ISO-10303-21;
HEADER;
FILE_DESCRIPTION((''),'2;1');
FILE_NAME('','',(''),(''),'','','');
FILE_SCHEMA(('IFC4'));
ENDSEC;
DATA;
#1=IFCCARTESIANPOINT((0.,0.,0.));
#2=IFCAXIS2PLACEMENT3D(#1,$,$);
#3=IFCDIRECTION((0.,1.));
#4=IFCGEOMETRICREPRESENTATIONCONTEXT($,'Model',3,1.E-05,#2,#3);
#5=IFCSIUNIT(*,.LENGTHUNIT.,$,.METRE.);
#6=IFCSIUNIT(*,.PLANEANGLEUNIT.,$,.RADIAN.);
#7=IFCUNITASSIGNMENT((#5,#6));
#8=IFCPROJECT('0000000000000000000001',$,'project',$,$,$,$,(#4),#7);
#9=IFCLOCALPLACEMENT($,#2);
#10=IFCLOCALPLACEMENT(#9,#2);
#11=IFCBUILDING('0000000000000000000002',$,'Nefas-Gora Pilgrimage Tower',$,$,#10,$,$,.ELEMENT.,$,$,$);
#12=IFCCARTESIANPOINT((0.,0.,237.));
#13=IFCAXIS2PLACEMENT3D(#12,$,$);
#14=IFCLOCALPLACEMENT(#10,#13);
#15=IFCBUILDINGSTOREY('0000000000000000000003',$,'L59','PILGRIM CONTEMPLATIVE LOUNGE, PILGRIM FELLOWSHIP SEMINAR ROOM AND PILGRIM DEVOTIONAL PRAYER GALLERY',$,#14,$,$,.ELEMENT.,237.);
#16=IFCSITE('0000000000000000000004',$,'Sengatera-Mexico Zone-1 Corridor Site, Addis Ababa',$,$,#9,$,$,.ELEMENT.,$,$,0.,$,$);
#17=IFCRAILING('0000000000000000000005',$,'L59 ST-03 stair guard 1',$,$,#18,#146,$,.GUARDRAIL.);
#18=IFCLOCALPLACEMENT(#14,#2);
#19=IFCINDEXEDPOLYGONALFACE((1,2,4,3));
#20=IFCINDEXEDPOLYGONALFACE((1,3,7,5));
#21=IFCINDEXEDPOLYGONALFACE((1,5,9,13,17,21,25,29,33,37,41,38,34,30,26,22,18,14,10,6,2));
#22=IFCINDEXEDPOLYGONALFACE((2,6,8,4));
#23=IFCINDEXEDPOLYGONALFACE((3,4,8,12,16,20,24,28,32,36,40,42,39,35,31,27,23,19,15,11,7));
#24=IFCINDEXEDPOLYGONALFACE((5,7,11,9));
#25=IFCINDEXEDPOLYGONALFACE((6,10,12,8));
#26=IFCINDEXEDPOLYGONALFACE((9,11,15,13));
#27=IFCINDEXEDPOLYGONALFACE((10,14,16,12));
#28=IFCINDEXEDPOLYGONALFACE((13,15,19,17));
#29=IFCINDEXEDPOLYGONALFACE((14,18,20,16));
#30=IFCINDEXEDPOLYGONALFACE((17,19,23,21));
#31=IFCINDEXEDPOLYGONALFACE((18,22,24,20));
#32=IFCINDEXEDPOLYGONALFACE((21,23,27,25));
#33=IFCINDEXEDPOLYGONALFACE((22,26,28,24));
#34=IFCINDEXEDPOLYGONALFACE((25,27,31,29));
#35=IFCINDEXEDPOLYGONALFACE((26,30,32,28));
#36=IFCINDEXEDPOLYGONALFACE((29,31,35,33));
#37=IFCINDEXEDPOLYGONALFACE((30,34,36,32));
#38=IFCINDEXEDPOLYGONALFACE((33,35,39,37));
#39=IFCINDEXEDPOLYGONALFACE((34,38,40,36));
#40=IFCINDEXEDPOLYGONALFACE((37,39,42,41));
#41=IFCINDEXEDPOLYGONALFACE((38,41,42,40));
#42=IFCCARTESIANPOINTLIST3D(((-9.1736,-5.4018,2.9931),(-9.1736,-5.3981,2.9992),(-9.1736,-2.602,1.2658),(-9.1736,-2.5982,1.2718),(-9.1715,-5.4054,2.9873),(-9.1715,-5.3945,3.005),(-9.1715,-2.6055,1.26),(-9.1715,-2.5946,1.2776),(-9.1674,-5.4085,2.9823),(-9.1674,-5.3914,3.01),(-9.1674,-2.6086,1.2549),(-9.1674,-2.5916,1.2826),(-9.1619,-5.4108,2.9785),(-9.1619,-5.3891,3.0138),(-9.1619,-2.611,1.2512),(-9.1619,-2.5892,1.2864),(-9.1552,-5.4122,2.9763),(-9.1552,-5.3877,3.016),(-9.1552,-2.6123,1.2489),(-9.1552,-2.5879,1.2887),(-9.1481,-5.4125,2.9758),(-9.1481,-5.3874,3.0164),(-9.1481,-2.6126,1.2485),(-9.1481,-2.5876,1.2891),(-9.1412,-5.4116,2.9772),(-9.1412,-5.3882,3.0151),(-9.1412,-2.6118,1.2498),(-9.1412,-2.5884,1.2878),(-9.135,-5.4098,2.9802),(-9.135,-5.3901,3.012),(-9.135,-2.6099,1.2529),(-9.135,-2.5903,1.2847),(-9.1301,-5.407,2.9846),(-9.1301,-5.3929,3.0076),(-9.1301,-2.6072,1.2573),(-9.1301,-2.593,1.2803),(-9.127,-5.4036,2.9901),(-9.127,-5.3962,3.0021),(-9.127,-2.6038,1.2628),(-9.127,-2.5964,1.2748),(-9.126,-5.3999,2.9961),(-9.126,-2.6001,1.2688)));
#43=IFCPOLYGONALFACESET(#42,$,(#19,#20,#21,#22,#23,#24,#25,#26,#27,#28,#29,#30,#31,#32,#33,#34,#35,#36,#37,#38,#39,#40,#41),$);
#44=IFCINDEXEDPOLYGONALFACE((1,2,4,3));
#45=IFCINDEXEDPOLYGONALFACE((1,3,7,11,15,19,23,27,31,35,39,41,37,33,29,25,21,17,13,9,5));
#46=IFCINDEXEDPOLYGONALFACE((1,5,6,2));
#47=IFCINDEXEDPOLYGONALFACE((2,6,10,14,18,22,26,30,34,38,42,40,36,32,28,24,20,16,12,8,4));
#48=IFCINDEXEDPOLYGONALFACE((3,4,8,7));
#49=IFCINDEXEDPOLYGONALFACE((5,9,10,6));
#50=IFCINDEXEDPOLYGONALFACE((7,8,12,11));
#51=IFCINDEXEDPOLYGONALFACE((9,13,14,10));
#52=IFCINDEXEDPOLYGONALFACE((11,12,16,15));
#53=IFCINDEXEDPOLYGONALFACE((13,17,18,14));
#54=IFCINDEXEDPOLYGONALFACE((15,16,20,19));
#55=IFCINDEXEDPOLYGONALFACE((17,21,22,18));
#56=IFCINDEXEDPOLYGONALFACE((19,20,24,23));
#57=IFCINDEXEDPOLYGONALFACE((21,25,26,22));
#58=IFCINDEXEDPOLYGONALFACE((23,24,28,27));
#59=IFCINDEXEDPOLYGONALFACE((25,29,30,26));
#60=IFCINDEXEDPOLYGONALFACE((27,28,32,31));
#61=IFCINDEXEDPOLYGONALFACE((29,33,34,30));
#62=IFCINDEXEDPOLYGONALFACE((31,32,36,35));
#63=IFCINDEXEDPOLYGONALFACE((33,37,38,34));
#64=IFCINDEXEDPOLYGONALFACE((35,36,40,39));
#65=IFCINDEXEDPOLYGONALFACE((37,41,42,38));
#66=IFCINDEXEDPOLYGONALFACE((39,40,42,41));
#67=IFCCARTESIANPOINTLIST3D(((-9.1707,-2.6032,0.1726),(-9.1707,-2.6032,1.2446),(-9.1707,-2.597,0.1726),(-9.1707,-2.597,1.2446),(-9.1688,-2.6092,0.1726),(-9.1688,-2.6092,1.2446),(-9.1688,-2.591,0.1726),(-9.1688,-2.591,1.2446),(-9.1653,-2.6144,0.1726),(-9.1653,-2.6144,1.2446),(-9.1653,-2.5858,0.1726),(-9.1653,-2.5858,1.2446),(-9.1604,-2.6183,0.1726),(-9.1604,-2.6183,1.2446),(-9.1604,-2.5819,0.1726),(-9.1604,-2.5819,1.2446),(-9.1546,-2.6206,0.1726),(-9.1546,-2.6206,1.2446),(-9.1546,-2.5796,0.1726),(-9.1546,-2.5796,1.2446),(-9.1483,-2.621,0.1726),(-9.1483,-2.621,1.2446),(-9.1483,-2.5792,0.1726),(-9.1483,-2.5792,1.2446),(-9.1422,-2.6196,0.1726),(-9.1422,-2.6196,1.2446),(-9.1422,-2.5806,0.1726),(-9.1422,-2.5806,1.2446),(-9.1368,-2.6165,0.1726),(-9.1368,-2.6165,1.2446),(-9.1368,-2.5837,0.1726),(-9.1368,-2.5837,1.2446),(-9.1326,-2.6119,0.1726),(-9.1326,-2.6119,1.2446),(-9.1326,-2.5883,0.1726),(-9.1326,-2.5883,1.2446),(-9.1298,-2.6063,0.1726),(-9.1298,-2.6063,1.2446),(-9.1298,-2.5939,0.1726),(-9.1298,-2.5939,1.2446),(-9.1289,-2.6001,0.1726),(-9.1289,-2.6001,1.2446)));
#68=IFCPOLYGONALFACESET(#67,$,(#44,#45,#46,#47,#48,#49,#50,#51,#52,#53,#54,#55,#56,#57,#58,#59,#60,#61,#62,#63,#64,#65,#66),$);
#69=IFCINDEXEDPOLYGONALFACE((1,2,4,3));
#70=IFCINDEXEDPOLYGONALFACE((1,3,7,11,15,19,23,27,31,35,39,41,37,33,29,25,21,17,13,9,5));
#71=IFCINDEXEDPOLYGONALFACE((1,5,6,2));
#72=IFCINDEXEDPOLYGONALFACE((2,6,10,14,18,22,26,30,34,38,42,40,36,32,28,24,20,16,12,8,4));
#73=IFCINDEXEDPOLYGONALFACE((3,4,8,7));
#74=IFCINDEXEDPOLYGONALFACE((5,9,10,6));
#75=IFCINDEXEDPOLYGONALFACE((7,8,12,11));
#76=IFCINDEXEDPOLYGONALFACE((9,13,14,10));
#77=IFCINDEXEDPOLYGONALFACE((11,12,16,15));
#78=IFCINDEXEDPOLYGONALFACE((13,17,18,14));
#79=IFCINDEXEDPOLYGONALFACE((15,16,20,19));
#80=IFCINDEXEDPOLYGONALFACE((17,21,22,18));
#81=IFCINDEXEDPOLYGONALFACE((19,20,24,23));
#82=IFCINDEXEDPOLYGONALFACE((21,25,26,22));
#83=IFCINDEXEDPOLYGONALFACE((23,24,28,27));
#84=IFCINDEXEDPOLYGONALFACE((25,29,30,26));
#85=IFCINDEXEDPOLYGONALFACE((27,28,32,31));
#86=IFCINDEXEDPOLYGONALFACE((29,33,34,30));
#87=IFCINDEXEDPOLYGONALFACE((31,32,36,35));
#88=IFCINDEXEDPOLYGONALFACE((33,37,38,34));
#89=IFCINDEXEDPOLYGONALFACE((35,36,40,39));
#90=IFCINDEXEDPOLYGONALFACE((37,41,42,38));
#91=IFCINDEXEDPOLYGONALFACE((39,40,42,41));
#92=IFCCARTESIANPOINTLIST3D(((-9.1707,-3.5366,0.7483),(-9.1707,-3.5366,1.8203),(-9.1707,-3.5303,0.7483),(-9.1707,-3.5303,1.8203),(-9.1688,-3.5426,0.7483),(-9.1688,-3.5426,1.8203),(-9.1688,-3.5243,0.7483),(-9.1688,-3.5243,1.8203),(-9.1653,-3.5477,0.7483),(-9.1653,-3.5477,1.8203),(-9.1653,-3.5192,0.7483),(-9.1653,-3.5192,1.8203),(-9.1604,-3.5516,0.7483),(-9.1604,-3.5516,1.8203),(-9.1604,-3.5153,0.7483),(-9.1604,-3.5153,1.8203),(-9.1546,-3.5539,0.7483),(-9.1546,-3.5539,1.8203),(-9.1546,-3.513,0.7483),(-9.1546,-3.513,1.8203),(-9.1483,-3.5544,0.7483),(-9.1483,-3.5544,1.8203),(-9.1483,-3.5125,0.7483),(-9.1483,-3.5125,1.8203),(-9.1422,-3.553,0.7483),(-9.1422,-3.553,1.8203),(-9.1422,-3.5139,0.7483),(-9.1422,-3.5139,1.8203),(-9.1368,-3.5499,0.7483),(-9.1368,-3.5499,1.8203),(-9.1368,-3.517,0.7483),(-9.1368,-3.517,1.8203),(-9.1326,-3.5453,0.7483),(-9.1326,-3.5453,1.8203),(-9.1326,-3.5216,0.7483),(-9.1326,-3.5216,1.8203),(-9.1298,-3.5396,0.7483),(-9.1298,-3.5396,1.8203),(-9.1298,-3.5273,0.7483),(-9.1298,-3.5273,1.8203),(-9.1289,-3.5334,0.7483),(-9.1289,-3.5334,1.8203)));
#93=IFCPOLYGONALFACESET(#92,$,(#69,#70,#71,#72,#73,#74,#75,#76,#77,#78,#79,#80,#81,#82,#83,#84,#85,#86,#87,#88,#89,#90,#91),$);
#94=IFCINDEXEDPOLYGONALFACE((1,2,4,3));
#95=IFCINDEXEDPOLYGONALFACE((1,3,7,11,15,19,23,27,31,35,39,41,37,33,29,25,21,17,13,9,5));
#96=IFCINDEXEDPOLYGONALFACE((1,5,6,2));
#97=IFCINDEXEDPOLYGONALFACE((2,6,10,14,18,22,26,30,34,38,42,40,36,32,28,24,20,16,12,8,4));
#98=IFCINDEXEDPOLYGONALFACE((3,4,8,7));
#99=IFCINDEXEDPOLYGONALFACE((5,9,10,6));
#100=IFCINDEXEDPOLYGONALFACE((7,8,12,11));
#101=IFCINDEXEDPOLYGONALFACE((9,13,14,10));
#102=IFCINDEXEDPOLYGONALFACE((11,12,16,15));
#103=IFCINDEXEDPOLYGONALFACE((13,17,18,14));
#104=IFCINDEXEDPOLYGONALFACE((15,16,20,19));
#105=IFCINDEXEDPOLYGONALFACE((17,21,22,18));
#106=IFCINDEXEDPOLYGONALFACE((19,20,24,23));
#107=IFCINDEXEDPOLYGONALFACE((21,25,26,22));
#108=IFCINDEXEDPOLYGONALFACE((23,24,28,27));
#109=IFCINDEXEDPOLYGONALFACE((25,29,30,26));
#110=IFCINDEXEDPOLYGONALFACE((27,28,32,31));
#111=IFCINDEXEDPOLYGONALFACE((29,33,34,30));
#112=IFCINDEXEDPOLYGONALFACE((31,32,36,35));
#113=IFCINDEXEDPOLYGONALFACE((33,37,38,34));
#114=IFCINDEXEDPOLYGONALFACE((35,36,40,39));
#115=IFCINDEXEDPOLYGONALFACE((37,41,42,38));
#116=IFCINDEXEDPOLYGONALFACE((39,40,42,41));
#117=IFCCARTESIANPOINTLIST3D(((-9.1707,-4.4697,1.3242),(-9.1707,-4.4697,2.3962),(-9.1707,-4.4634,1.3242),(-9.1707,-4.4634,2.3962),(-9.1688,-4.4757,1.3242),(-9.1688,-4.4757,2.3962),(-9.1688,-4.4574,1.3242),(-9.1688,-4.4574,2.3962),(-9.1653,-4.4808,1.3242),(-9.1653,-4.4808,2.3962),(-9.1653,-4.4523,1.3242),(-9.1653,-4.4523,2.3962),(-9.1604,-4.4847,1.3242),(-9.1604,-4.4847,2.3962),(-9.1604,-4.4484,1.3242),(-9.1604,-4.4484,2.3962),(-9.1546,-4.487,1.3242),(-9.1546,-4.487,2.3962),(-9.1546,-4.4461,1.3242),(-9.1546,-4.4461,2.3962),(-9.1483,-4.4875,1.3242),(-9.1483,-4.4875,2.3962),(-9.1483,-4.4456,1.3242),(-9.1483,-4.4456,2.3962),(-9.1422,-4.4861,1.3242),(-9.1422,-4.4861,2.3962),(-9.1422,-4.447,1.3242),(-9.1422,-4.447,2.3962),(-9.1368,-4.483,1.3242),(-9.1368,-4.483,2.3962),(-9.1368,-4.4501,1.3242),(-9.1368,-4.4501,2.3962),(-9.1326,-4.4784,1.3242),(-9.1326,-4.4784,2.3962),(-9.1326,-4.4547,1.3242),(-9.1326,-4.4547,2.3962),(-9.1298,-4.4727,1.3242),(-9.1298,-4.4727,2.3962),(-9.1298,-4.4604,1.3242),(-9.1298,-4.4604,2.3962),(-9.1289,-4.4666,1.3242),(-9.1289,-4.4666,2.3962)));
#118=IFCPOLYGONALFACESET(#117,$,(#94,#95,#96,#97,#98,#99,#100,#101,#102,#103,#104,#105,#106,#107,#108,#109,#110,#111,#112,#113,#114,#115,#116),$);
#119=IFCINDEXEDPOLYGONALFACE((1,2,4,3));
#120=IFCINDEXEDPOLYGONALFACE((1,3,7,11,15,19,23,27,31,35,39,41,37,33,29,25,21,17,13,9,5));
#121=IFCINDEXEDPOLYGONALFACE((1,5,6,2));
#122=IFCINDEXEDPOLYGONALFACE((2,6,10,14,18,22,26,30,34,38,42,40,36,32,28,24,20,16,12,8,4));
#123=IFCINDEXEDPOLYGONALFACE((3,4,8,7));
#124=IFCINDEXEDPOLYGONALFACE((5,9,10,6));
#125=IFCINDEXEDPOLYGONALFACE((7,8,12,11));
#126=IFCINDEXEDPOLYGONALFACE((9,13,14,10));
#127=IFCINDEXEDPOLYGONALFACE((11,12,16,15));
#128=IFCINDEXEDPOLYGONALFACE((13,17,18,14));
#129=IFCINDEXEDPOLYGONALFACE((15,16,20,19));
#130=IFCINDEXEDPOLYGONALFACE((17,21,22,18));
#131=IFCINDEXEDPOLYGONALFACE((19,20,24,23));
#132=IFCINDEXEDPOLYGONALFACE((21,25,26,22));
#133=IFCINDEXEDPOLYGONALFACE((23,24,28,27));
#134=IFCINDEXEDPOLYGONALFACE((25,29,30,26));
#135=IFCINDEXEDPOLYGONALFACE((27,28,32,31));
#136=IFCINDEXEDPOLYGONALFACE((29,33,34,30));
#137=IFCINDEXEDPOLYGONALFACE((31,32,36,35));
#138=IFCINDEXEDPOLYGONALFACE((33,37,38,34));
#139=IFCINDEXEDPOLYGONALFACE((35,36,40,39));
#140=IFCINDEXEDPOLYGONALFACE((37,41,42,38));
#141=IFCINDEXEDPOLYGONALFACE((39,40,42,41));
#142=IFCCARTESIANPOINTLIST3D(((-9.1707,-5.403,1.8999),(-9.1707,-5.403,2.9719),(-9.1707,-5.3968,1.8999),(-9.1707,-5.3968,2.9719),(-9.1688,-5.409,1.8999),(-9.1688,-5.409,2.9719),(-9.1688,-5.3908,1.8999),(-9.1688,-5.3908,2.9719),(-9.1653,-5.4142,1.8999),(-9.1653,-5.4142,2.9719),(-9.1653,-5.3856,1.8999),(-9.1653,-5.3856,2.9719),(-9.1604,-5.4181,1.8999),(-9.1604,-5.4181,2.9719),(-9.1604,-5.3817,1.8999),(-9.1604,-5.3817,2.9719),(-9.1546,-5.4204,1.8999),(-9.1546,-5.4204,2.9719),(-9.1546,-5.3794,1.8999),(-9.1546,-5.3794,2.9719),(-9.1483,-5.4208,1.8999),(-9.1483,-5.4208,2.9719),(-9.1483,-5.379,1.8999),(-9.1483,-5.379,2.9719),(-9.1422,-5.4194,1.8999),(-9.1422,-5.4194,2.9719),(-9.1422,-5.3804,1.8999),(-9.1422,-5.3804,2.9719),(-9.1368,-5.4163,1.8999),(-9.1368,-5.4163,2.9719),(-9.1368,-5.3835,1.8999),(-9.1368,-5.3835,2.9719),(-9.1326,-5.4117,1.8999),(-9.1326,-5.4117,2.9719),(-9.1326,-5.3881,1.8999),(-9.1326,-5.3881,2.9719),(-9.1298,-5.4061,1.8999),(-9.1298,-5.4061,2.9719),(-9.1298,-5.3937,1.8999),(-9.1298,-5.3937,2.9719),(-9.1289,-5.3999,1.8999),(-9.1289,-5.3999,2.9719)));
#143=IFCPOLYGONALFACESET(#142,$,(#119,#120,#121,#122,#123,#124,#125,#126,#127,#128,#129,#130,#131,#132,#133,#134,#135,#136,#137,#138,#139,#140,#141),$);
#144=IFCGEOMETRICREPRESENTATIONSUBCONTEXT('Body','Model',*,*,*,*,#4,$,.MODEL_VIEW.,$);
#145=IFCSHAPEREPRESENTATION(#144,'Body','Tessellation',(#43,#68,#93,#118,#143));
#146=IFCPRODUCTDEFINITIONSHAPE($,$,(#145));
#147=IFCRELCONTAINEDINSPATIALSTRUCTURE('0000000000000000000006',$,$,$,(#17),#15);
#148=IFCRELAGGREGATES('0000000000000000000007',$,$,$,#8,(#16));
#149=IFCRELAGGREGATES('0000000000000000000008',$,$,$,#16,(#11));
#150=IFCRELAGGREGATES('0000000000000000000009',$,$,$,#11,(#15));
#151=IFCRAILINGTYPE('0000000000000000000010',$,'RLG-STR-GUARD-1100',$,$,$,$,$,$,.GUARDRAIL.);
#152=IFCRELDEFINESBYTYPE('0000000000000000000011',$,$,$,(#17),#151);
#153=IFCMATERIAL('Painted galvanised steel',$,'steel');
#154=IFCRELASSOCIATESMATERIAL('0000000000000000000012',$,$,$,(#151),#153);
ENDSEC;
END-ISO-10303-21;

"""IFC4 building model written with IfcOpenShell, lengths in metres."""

from ifc_helpers import new_model, si_unit, direction, frame, origin, origin_2d, place, context, subcontext, project, spatial, circle, extrude, material, type_object, element, save


model = new_model("IFC4")

# Units and contexts
model_context = context("Model", 3, precision=1e-05, world=origin(), true_north=direction((0.0, 1.0)))
body_context = subcontext(model_context, "Body", "Model", "MODEL_VIEW")
ifc_project = project(units=[si_unit("LENGTHUNIT", "METRE"), si_unit("PLANEANGLEUNIT", "RADIAN")], contexts=[model_context])

# Site, building, storey
site_placement = place(None, origin())
site = spatial("IfcSite", under=ifc_project, at=site_placement, Name="Sengatera-Mexico Zone-1 Corridor Site, Addis Ababa", CompositionType="ELEMENT", RefElevation=0.0)
building_placement = place(site_placement, origin())
building = spatial("IfcBuilding", under=site, at=building_placement, Name="Nefas-Gora Pilgrimage Tower", CompositionType="ELEMENT")
storey_placement = place(building_placement, frame((0.0, 0.0, 237.0)))
storey = spatial("IfcBuildingStorey", under=building, at=storey_placement, Name="L59", Description="PILGRIM CONTEMPLATIVE LOUNGE, PILGRIM FELLOWSHIP SEMINAR ROOM AND PILGRIM DEVOTIONAL PRAYER GALLERY", CompositionType="ELEMENT", Elevation=237.0)

# Railing
ifc_material_1 = material(Name="Painted galvanised steel", Category="steel")
railing_type_1 = type_object("IfcRailingType", Name="RLG-STR-GUARD-1100", PredefinedType="GUARDRAIL", material=ifc_material_1)
railing_1_placement = place(storey_placement, frame((-9.1499, -2.6001, 0.1726)))
element("IfcRailing", 1, at=railing_1_placement, inside=storey, type_object=railing_type_1, Name="L59 ST-03 stair guard 1", PredefinedType="GUARDRAIL", context=body_context, shape_type="SweptSolid", body=[
    extrude(circle(Radius=0.0239, at=origin_2d()), frame((0.0, 0.0, 1.0962), z_axis=(0.0, -0.851069, 0.525054), x_axis=(1.0, 0.0, 0.0)), (0.0, 0.0, 1.0), 3.2898),
    extrude(circle(Radius=0.021, at=origin_2d()), origin(), (0.0, 0.0, 1.0), 1.072),
    extrude(circle(Radius=0.021, at=origin_2d()), frame((0.0, -0.9333, 0.5757)), (0.0, 0.0, 1.0), 1.072),
    extrude(circle(Radius=0.021, at=origin_2d()), frame((0.0, -1.8665, 1.1516)), (0.0, 0.0, 1.0), 1.072),
    extrude(circle(Radius=0.021, at=origin_2d()), frame((0.0, -2.7998, 1.7273)), (0.0, 0.0, 1.0), 1.072),
])

save(model, "model.ifc")
